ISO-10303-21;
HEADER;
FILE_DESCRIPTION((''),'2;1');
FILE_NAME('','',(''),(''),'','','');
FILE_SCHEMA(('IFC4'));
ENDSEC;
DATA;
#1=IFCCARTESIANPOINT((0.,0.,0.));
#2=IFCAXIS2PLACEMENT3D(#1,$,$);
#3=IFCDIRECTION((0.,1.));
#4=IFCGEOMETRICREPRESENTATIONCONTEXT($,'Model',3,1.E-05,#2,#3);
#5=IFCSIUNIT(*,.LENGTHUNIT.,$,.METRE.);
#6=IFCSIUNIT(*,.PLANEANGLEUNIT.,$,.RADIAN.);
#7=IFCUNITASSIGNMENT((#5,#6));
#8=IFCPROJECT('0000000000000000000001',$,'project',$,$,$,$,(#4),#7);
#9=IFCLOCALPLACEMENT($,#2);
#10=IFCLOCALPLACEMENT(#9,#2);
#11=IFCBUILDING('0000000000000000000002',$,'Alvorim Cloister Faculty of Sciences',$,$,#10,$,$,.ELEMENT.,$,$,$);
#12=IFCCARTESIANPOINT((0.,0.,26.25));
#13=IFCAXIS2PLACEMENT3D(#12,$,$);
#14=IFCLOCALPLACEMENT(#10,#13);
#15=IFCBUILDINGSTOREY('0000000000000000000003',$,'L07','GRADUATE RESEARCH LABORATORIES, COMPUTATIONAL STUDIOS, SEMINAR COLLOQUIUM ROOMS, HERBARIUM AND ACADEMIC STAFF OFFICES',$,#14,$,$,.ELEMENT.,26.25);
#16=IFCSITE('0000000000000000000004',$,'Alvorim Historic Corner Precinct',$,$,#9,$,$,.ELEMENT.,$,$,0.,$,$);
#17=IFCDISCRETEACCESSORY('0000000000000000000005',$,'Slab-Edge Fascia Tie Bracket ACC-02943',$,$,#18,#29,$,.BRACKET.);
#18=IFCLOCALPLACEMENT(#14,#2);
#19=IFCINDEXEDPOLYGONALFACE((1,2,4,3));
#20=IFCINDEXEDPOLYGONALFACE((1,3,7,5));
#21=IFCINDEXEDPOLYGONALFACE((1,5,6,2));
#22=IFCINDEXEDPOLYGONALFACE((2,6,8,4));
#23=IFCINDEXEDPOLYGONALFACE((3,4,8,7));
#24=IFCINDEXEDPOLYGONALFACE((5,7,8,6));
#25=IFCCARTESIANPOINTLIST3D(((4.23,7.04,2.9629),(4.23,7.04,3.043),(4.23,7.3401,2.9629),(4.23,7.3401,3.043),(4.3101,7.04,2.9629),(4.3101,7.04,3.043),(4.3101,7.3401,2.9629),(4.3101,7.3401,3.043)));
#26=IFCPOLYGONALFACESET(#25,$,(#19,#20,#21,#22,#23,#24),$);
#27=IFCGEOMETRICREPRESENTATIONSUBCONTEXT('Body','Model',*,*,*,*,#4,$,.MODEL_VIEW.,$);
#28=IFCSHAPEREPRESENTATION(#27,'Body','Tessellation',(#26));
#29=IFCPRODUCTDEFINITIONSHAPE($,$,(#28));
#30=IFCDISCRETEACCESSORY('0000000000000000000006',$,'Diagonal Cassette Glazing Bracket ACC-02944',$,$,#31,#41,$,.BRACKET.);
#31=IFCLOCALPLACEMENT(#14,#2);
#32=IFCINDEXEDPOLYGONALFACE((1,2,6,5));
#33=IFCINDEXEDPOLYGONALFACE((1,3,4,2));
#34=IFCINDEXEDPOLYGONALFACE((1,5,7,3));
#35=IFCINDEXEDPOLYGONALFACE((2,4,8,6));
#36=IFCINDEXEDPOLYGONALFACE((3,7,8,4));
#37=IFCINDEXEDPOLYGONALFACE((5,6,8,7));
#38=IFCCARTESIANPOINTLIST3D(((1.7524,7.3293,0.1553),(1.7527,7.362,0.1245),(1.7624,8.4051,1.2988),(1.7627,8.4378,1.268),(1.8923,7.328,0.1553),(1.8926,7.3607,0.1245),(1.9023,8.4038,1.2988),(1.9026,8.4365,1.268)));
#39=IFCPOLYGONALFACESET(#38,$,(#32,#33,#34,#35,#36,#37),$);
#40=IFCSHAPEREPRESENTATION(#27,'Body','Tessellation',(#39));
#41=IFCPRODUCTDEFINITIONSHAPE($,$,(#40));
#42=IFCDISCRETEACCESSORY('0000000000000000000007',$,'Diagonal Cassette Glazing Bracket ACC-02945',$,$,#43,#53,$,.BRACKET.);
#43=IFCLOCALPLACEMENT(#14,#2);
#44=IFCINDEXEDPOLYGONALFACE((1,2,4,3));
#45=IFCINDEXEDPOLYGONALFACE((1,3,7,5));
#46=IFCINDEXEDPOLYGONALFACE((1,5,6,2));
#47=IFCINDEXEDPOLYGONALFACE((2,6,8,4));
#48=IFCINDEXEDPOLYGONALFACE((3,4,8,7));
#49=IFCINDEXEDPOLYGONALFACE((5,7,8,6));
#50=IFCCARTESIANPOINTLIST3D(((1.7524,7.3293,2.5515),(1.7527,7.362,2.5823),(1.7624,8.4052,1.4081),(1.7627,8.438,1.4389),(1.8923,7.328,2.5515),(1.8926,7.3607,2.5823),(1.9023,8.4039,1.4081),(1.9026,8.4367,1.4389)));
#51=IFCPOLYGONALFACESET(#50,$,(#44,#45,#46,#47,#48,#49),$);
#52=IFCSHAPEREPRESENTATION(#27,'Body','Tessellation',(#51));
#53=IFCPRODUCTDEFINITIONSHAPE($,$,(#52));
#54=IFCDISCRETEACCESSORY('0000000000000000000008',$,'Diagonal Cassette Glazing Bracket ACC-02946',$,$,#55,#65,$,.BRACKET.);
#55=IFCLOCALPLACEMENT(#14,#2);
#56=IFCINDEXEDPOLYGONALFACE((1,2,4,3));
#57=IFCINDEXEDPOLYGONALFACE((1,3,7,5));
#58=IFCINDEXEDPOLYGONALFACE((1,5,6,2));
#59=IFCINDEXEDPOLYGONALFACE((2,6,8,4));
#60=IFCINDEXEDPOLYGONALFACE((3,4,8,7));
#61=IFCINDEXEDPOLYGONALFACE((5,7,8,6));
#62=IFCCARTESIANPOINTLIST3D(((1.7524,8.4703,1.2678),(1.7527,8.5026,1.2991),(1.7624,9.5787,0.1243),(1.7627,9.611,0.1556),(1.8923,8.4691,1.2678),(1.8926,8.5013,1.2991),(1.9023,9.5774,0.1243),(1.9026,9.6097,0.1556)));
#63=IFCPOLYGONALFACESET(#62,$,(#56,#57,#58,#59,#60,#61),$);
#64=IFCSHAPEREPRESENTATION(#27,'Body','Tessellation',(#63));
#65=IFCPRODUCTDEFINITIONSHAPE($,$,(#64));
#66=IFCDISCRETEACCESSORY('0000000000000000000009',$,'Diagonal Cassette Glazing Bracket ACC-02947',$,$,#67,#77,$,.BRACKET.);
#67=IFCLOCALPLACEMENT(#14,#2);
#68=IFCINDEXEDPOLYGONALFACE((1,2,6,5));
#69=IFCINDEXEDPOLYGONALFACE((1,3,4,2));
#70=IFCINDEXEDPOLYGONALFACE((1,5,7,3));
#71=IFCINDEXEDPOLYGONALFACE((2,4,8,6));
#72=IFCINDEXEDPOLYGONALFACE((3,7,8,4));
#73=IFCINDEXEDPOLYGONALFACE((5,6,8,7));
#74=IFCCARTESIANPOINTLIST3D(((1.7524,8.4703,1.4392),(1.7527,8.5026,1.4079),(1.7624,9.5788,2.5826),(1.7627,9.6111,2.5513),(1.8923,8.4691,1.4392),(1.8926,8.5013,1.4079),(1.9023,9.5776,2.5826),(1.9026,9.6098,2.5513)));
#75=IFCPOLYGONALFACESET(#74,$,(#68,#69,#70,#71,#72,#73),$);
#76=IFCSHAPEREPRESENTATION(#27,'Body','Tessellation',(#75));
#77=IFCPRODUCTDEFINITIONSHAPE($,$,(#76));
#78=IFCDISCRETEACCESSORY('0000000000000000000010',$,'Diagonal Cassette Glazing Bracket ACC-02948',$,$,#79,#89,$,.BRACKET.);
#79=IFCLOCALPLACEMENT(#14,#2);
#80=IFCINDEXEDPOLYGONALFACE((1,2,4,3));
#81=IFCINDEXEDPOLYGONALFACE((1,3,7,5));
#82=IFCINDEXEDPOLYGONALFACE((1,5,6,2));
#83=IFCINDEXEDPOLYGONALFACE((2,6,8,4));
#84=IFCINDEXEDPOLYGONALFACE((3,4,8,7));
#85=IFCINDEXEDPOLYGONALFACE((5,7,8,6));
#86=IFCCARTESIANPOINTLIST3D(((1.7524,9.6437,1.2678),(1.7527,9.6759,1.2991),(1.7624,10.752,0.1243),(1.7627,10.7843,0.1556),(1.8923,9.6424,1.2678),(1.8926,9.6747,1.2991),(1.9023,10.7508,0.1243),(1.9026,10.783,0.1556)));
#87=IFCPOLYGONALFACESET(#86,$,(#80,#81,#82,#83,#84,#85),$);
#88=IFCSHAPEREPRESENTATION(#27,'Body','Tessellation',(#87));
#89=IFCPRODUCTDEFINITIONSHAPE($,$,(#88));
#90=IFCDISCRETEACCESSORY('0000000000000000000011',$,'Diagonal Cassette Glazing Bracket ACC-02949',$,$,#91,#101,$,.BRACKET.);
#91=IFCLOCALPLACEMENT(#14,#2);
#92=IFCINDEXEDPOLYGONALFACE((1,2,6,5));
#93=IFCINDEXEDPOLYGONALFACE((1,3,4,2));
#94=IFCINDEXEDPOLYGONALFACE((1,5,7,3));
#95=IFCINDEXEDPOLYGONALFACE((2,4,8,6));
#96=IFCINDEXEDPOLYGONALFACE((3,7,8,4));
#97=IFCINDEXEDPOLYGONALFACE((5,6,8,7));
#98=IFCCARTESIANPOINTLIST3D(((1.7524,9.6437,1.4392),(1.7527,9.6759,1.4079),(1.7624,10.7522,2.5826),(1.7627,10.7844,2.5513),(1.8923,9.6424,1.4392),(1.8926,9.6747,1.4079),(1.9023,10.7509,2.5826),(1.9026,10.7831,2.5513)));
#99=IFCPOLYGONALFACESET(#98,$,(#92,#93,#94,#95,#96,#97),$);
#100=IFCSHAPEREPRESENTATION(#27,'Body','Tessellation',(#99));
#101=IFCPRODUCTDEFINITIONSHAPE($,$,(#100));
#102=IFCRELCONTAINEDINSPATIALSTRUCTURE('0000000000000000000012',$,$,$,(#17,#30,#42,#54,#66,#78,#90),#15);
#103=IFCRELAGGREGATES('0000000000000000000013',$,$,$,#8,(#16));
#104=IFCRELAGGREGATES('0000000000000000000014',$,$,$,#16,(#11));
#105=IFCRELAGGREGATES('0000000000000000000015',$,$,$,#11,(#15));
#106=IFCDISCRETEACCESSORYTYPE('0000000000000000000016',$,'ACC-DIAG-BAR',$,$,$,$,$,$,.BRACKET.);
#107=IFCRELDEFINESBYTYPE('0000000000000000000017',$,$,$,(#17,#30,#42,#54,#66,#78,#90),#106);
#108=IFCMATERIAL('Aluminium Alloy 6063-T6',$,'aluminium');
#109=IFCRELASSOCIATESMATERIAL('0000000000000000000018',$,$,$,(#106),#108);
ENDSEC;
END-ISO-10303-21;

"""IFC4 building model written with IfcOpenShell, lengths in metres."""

from ifc_helpers import new_model, si_unit, direction, frame, origin, origin_2d, place, context, subcontext, project, spatial, rectangle, extrude, material, type_object, element, save


model = new_model("IFC4")

# Units and contexts
model_context = context("Model", 3, precision=1e-05, world=origin(), true_north=direction((0.0, 1.0)))
body_context = subcontext(model_context, "Body", "Model", "MODEL_VIEW")
ifc_project = project(units=[si_unit("LENGTHUNIT", "METRE"), si_unit("PLANEANGLEUNIT", "RADIAN")], contexts=[model_context])

# Site, building, storey
site_placement = place(None, origin())
site = spatial("IfcSite", under=ifc_project, at=site_placement, Name="Alvorim Historic Corner Precinct", CompositionType="ELEMENT", RefElevation=0.0)
building_placement = place(site_placement, origin())
building = spatial("IfcBuilding", under=site, at=building_placement, Name="Alvorim Cloister Faculty of Sciences", CompositionType="ELEMENT")
storey_placement = place(building_placement, frame((0.0, 0.0, 26.25)))
storey = spatial("IfcBuildingStorey", under=building, at=storey_placement, Name="L07", Description="GRADUATE RESEARCH LABORATORIES, COMPUTATIONAL STUDIOS, SEMINAR COLLOQUIUM ROOMS, HERBARIUM AND ACADEMIC STAFF OFFICES", CompositionType="ELEMENT", Elevation=26.25)

# Shared definitions
ifc_material_1 = material(Name="Aluminium Alloy 6063-T6", Category="aluminium")

# Discrete accessories
discrete_accessory_type = type_object("IfcDiscreteAccessoryType", Name="ACC-DIAG-BAR", PredefinedType="BRACKET", material=ifc_material_1)
discrete_accessory_placement = place(storey_placement, frame((4.27, 7.3401, 3.0029), z_axis=(0.0, -1.0, 0.0), x_axis=(1.0, 0.0, 0.0)))
element("IfcDiscreteAccessory", 1, at=discrete_accessory_placement, inside=storey, type_object=discrete_accessory_type, Name="Slab-Edge Fascia Tie Bracket ACC-02943", PredefinedType="BRACKET", context=body_context, shape_type="SweptSolid", body=[
    extrude(rectangle(XDim=0.0801, YDim=0.0801, at=origin_2d()), origin(), (0.0, 0.0, 1.0), 0.3),
])
for number, where, z_axis, x_axis, name in (
    (2, (1.8225, 7.345, 0.1399), (0.006375, 0.68523, 0.728299), (-0.999957, 0.009303, 0.0), "Diagonal Cassette Glazing Bracket ACC-02944"),
    (3, (1.8225, 7.345, 2.5669), (0.006376, 0.685307, -0.728226), (-0.999957, 0.009303, 0.0), "Diagonal Cassette Glazing Bracket ACC-02945"),
):
    element("IfcDiscreteAccessory", number, at=place(storey_placement, frame(where, z_axis=z_axis, x_axis=x_axis)), inside=storey, type_object=discrete_accessory_type, Name=name, PredefinedType="BRACKET", context=body_context, shape_type="SweptSolid", body=[
        extrude(rectangle(XDim=0.1399, YDim=0.0449, at=origin_2d()), origin(), (0.0, 0.0, 1.0), 1.5701),
    ])
for number, where, z_axis, x_axis, name in (
    (4, (1.8225, 8.4858, 1.2834), (0.006285, 0.695969, -0.718044), (-0.999959, 0.00903, 0.0), "Diagonal Cassette Glazing Bracket ACC-02946"),
    (5, (1.8225, 8.4858, 1.4236), (0.006286, 0.696046, 0.71797), (-0.999959, 0.00903, 0.0), "Diagonal Cassette Glazing Bracket ACC-02947"),
    (6, (1.8225, 9.6592, 1.2834), (0.006285, 0.695969, -0.718044), (-0.999959, 0.00903, 0.0), "Diagonal Cassette Glazing Bracket ACC-02948"),
    (7, (1.8225, 9.6592, 1.4236), (0.006286, 0.696046, 0.71797), (-0.999959, 0.00903, 0.0), "Diagonal Cassette Glazing Bracket ACC-02949"),
):
    element("IfcDiscreteAccessory", number, at=place(storey_placement, frame(where, z_axis=z_axis, x_axis=x_axis)), inside=storey, type_object=discrete_accessory_type, Name=name, PredefinedType="BRACKET", context=body_context, shape_type="SweptSolid", body=[
        extrude(rectangle(XDim=0.1399, YDim=0.0449, at=origin_2d()), origin(), (0.0, 0.0, 1.0), 1.5925),
    ])

save(model, "model.ifc")
